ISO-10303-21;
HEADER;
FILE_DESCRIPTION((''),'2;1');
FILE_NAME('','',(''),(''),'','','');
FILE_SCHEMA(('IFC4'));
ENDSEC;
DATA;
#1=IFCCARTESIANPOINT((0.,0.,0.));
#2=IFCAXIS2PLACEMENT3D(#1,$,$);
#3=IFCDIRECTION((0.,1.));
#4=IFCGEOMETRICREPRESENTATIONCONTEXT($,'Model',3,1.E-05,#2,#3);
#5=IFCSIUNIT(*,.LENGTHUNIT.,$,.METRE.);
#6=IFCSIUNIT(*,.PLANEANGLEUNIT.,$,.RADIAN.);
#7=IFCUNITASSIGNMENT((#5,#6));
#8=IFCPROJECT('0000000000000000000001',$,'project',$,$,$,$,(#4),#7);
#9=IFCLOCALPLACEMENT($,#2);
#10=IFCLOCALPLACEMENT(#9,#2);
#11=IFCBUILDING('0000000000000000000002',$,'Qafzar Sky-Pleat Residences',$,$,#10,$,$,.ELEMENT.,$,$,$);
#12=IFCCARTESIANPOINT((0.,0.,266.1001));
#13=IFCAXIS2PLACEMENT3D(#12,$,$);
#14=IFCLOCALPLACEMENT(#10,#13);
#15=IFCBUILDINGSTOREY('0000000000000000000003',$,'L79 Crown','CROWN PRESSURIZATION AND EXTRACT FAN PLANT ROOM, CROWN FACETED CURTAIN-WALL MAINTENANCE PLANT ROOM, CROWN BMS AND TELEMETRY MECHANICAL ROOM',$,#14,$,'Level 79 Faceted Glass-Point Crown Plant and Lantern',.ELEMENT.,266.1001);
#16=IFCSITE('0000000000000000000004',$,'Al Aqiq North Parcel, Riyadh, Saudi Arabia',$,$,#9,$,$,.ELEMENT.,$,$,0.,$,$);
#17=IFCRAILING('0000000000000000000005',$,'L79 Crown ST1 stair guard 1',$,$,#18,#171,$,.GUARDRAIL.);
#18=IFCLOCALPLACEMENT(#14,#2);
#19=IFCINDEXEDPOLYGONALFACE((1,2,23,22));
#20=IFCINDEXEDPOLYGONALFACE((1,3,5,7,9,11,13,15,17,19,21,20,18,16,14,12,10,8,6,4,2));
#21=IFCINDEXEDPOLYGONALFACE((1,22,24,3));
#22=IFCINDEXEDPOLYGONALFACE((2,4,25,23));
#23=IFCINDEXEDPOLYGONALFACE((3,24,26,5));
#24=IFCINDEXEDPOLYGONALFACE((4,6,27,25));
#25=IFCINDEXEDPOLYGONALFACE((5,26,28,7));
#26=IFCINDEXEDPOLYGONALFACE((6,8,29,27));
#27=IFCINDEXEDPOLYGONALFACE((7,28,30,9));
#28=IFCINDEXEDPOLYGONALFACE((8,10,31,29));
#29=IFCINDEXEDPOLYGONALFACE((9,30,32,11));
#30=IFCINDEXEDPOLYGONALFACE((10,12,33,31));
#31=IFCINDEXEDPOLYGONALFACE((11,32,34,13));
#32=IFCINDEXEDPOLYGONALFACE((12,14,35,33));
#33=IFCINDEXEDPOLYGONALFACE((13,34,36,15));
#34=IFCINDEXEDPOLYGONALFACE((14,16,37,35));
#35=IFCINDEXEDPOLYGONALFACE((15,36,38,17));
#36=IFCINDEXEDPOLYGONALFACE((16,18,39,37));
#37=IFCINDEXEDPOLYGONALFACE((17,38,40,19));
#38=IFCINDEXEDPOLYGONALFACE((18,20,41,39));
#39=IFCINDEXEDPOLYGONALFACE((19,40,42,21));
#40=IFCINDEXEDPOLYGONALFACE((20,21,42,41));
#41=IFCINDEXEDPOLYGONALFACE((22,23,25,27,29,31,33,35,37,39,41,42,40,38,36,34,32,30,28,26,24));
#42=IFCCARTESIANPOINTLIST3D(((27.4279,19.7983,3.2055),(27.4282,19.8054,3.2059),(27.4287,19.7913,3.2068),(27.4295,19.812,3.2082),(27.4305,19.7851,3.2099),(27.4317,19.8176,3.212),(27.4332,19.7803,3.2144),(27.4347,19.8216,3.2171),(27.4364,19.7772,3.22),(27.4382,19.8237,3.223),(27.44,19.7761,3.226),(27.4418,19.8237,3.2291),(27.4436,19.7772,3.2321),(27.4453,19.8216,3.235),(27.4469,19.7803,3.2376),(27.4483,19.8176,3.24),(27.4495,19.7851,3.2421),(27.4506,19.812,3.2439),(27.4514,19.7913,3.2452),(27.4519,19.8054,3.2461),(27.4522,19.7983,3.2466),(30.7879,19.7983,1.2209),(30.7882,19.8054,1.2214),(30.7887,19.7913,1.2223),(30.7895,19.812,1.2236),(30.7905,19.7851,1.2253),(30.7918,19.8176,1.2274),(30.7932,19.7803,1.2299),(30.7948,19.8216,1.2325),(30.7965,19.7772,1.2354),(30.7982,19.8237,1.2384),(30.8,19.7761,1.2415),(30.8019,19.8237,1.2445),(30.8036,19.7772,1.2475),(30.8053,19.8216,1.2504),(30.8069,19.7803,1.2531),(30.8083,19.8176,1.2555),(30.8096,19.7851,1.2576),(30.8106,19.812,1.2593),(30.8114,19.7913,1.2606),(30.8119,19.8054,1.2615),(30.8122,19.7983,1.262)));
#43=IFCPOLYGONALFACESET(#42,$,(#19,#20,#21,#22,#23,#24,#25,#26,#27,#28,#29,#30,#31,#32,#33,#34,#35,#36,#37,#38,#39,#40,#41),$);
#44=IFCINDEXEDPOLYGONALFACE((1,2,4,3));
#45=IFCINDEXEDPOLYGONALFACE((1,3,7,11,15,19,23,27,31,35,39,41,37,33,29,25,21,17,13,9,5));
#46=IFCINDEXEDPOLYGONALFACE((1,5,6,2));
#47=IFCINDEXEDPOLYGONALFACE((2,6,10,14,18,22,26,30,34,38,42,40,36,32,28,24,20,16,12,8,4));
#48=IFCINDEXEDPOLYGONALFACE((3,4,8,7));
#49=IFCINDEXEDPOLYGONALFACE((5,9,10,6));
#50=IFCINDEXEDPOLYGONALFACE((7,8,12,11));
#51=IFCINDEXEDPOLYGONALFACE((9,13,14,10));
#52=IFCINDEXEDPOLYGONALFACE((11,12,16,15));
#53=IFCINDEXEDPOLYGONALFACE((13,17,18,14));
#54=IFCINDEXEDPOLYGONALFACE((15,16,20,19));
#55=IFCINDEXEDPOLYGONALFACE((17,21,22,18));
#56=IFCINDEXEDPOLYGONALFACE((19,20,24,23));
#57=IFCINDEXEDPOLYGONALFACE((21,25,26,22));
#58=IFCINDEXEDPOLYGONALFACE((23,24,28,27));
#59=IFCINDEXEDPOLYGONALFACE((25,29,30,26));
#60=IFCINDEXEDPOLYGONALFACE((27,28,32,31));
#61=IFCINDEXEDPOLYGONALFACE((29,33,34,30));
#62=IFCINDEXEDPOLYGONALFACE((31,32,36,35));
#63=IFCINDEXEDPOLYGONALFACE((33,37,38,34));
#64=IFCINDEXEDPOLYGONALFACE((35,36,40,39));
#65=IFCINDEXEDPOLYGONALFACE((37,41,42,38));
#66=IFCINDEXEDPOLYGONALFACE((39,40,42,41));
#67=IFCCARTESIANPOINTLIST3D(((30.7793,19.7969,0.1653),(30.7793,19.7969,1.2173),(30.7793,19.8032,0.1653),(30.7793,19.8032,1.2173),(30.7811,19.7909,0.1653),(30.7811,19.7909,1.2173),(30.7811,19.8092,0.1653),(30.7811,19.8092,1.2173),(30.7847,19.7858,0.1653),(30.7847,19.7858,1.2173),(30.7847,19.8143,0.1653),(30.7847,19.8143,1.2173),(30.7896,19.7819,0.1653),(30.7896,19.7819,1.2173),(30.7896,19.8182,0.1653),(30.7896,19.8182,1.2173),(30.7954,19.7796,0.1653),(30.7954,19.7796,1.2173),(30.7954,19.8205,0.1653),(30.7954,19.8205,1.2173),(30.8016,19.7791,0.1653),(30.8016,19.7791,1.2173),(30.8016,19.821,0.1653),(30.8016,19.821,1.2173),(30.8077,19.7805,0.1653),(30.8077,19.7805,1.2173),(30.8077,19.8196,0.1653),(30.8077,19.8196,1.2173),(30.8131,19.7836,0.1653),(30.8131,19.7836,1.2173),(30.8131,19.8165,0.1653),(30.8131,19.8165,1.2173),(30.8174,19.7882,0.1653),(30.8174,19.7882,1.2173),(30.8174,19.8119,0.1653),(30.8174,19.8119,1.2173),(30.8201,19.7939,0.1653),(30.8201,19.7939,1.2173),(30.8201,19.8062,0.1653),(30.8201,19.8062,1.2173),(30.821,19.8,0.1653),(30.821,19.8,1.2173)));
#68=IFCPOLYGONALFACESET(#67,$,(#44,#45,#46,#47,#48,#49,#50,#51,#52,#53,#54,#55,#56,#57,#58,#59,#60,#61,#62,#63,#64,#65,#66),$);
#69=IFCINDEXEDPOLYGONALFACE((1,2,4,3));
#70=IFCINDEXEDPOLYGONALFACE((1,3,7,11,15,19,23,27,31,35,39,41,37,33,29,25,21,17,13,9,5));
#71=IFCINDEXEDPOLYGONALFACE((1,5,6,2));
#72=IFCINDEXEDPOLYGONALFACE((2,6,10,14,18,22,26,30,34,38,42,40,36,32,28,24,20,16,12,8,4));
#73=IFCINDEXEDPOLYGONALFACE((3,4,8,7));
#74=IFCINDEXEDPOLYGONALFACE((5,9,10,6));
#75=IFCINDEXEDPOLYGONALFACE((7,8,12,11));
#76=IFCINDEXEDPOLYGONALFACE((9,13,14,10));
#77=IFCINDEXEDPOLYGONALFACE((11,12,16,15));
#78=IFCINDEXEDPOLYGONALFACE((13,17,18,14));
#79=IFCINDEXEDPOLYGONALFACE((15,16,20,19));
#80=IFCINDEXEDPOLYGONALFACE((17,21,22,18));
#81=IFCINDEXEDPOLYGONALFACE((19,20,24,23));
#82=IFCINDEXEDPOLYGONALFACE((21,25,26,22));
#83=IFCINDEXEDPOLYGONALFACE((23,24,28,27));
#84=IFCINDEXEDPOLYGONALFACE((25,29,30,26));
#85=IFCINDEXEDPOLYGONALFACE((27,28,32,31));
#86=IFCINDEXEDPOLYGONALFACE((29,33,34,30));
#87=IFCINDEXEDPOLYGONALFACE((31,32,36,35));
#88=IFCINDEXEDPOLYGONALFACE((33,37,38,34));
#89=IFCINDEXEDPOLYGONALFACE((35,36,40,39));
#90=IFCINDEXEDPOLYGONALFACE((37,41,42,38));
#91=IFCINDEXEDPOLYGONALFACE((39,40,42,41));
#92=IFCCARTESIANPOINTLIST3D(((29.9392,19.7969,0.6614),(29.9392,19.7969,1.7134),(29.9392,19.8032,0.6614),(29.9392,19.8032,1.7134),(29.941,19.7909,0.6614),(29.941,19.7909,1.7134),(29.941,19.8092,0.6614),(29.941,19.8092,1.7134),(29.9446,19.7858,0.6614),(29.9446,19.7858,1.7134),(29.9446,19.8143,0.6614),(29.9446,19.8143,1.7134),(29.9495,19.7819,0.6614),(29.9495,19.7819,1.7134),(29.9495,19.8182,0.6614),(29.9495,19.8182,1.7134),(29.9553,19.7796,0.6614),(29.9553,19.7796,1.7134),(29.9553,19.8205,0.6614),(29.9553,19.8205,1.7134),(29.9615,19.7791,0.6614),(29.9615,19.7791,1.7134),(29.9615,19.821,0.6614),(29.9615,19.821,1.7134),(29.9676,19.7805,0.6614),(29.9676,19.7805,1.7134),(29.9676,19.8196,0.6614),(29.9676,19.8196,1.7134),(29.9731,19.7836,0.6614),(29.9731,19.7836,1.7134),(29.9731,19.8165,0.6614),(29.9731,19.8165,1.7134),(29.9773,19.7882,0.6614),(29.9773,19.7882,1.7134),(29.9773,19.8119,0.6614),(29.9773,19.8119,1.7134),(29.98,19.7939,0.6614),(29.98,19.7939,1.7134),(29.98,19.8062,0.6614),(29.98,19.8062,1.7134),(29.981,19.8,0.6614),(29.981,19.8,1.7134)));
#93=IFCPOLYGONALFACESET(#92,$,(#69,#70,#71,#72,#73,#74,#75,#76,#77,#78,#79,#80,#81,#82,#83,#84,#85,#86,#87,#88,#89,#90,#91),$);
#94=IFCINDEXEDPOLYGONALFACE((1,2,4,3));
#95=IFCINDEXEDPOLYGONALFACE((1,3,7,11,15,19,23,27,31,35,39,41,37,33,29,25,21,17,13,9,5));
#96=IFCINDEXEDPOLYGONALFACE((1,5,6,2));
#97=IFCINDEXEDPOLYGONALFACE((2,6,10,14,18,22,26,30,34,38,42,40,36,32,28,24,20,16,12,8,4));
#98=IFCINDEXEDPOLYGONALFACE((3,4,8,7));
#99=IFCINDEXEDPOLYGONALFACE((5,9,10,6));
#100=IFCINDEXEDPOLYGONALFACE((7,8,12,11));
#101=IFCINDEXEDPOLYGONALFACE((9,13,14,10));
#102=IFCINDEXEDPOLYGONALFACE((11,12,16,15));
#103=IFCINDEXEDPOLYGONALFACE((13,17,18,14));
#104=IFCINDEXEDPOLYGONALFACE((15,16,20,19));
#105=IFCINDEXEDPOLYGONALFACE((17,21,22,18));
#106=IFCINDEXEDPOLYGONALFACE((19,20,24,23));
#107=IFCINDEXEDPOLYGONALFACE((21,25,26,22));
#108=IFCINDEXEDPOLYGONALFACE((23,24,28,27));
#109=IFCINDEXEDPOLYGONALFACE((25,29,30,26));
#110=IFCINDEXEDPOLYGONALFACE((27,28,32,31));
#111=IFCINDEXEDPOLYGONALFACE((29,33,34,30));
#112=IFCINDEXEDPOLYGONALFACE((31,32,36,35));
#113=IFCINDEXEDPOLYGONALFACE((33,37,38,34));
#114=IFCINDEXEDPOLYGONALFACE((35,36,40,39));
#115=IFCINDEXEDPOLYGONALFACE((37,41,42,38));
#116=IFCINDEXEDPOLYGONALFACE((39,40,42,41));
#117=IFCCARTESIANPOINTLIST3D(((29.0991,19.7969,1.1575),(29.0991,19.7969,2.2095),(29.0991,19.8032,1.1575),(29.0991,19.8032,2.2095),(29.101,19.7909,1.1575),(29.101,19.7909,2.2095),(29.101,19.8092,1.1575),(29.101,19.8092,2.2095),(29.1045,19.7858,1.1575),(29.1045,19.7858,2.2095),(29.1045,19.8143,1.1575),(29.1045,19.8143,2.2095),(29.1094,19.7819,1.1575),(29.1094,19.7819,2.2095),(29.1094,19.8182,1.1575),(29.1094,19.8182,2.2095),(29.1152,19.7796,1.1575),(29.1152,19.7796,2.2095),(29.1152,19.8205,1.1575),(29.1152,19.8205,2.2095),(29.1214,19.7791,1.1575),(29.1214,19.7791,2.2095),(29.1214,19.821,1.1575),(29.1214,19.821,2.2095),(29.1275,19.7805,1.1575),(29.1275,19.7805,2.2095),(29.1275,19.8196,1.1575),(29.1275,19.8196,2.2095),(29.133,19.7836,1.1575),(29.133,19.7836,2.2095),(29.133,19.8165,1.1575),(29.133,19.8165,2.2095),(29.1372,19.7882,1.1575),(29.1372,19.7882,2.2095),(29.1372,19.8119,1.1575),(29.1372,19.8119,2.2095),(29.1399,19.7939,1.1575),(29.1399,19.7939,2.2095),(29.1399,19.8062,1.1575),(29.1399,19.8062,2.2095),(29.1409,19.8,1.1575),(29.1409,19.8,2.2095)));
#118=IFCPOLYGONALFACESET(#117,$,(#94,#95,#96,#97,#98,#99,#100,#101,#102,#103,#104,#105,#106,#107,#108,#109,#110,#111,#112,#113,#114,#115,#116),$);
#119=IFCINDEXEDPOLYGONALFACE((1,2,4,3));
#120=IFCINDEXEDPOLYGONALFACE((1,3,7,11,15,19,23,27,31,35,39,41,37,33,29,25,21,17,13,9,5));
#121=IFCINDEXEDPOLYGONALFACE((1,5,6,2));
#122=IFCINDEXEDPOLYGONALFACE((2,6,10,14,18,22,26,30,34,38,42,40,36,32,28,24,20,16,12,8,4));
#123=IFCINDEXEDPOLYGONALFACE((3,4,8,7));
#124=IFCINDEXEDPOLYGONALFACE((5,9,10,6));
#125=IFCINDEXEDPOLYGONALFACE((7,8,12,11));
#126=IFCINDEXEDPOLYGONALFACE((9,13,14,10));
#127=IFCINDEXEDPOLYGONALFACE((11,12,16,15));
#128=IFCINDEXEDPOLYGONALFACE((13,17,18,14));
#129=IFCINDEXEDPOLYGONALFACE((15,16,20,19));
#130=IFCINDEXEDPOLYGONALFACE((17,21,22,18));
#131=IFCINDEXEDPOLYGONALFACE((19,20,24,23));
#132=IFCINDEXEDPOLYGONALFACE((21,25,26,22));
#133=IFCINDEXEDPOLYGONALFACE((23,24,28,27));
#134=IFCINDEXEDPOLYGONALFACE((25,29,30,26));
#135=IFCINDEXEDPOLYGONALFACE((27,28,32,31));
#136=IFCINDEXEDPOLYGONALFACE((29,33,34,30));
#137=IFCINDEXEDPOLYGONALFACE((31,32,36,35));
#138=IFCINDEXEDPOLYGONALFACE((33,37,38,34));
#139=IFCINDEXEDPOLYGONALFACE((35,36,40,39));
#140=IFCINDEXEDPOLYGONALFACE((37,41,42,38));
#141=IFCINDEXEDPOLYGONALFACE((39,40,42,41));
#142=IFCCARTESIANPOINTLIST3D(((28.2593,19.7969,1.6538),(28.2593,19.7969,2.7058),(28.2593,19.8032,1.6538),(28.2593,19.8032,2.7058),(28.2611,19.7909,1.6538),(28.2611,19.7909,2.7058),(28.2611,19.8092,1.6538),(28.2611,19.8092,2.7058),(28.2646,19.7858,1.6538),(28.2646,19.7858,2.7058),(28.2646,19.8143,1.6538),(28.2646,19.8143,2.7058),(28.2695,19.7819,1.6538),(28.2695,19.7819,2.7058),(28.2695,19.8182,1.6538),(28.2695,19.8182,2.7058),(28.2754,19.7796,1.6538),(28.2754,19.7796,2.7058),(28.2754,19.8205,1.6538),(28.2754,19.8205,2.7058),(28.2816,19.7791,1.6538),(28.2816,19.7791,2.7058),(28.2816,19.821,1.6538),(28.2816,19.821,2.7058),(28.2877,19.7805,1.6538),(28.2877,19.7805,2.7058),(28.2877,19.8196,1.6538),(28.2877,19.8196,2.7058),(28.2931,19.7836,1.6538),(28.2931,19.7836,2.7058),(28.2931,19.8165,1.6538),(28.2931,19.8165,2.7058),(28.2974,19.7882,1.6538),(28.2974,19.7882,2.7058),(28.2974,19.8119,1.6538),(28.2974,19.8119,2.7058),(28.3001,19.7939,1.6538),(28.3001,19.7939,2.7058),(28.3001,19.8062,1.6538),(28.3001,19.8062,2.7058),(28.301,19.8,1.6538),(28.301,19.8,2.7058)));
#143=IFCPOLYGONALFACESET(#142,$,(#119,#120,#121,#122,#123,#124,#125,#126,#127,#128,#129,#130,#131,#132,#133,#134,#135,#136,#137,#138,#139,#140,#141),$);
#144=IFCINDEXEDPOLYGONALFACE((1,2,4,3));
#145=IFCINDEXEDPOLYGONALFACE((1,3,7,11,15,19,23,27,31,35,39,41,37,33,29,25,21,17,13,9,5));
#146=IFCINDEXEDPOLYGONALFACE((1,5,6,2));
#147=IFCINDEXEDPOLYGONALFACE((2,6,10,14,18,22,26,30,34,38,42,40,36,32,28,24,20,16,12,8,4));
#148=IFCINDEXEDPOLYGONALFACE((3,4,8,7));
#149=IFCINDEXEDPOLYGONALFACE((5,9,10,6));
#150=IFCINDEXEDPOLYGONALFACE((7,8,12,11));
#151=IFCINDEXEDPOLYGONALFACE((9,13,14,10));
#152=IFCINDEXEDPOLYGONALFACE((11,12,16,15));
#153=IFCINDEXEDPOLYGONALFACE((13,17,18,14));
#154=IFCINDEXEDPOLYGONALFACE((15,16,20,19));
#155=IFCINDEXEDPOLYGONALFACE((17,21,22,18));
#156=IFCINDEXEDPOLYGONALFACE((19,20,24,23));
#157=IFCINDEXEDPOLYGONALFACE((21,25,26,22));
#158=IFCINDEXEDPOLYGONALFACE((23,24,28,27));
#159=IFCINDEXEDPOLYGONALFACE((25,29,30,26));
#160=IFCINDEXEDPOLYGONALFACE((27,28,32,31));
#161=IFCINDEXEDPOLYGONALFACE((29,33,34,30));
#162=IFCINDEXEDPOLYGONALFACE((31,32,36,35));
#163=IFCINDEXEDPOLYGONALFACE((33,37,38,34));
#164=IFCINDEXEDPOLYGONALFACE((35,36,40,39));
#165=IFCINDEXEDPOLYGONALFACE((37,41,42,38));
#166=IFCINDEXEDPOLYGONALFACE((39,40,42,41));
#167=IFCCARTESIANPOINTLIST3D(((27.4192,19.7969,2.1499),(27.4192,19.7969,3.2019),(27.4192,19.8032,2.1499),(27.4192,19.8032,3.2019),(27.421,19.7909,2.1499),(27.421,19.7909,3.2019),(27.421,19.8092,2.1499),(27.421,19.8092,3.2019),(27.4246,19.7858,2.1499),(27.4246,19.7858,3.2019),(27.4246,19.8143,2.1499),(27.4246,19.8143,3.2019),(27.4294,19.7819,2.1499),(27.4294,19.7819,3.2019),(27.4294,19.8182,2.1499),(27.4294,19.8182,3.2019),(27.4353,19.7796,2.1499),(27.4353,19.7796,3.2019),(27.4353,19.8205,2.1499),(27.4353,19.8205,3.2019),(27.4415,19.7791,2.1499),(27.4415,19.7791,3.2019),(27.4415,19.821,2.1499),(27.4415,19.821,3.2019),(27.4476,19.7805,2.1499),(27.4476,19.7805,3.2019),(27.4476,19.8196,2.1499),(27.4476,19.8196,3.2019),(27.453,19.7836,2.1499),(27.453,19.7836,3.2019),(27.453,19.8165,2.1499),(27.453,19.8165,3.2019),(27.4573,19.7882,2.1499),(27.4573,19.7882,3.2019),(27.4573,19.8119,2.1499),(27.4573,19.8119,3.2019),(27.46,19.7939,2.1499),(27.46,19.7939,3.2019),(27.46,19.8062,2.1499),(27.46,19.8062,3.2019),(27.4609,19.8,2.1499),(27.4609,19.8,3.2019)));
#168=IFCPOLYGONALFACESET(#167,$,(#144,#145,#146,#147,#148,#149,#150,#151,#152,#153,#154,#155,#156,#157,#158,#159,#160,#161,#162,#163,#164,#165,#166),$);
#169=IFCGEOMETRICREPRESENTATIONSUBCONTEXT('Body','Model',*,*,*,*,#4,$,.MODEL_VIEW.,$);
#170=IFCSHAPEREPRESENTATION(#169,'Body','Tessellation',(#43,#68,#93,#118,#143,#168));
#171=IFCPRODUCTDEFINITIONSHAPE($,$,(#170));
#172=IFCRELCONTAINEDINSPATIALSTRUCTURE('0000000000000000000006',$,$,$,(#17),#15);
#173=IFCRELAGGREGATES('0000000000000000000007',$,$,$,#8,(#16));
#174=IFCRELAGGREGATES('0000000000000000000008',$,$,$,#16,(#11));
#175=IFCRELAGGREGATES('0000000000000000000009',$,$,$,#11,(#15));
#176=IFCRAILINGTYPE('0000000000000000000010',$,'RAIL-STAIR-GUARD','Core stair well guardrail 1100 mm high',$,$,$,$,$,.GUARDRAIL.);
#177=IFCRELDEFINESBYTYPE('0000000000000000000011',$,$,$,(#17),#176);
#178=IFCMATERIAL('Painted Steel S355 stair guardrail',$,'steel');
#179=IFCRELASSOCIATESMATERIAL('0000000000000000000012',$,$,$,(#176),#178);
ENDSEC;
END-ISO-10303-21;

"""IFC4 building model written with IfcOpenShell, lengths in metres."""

from ifc_helpers import new_model, si_unit, direction, frame, origin, origin_2d, place, context, subcontext, project, spatial, circle, extrude, source, transform, mapped, material, type_object, element, save


model = new_model("IFC4")

# Units and contexts
model_context = context("Model", 3, precision=1e-05, world=origin(), true_north=direction((0.0, 1.0)))
body_context = subcontext(model_context, "Body", "Model", "MODEL_VIEW")
ifc_project = project(units=[si_unit("LENGTHUNIT", "METRE"), si_unit("PLANEANGLEUNIT", "RADIAN")], contexts=[model_context])

# Site, building, storey
site_placement = place(None, origin())
site = spatial("IfcSite", under=ifc_project, at=site_placement, Name="Al Aqiq North Parcel, Riyadh, Saudi Arabia", CompositionType="ELEMENT", RefElevation=0.0)
building_placement = place(site_placement, origin())
building = spatial("IfcBuilding", under=site, at=building_placement, Name="Qafzar Sky-Pleat Residences", CompositionType="ELEMENT")
storey_placement = place(building_placement, frame((0.0, 0.0, 266.1001)))
storey = spatial("IfcBuildingStorey", under=building, at=storey_placement, Name="L79 Crown", Description="CROWN PRESSURIZATION AND EXTRACT FAN PLANT ROOM, CROWN FACETED CURTAIN-WALL MAINTENANCE PLANT ROOM, CROWN BMS AND TELEMETRY MECHANICAL ROOM", LongName="Level 79 Faceted Glass-Point Crown Plant and Lantern", CompositionType="ELEMENT", Elevation=266.1001)

# Railing
ifc_material_1 = material(Name="Painted Steel S355 stair guardrail", Category="steel")
railing_type_1 = type_object("IfcRailingType", Name="RAIL-STAIR-GUARD", Description="Core stair well guardrail 1100 mm high", PredefinedType="GUARDRAIL", material=ifc_material_1)
shared_shape_1 = source(origin(), body_context, "Body", "SweptSolid", [
    extrude(circle(Radius=0.0239, at=origin_2d()), frame((0.0, 0.0, 1.0762), z_axis=(-0.861027, 0.0, 0.508559), x_axis=(0.0, -1.0, 0.0)), (0.0, 0.0, 1.0), 3.9023),
    extrude(circle(Radius=0.021, at=origin_2d()), origin(), (0.0, 0.0, 1.0), 1.052),
    extrude(circle(Radius=0.021, at=origin_2d()), frame((-0.8401, 0.0, 0.4961)), (0.0, 0.0, 1.0), 1.052),
    extrude(circle(Radius=0.021, at=origin_2d()), frame((-1.6802, 0.0, 0.9922)), (0.0, 0.0, 1.0), 1.052),
    extrude(circle(Radius=0.021, at=origin_2d()), frame((-2.52, 0.0, 1.4885)), (0.0, 0.0, 1.0), 1.052),
    extrude(circle(Radius=0.021, at=origin_2d()), frame((-3.3601, 0.0, 1.9846)), (0.0, 0.0, 1.0), 1.052),
])
railing_1_placement = place(storey_placement, frame((30.8, 19.8, 0.1653)))
element("IfcRailing", 1, at=railing_1_placement, inside=storey, type_object=railing_type_1, Name="L79 Crown ST1 stair guard 1", PredefinedType="GUARDRAIL", context=body_context, shape_type="MappedRepresentation", body=[
    mapped(shared_shape_1, transform((0.0, 0.0, 0.0), x_axis=(1.0, 0.0, 0.0), y_axis=(0.0, 1.0, 0.0), z_axis=(0.0, 0.0, 1.0), scale=1.0)),
])

save(model, "model.ifc")
